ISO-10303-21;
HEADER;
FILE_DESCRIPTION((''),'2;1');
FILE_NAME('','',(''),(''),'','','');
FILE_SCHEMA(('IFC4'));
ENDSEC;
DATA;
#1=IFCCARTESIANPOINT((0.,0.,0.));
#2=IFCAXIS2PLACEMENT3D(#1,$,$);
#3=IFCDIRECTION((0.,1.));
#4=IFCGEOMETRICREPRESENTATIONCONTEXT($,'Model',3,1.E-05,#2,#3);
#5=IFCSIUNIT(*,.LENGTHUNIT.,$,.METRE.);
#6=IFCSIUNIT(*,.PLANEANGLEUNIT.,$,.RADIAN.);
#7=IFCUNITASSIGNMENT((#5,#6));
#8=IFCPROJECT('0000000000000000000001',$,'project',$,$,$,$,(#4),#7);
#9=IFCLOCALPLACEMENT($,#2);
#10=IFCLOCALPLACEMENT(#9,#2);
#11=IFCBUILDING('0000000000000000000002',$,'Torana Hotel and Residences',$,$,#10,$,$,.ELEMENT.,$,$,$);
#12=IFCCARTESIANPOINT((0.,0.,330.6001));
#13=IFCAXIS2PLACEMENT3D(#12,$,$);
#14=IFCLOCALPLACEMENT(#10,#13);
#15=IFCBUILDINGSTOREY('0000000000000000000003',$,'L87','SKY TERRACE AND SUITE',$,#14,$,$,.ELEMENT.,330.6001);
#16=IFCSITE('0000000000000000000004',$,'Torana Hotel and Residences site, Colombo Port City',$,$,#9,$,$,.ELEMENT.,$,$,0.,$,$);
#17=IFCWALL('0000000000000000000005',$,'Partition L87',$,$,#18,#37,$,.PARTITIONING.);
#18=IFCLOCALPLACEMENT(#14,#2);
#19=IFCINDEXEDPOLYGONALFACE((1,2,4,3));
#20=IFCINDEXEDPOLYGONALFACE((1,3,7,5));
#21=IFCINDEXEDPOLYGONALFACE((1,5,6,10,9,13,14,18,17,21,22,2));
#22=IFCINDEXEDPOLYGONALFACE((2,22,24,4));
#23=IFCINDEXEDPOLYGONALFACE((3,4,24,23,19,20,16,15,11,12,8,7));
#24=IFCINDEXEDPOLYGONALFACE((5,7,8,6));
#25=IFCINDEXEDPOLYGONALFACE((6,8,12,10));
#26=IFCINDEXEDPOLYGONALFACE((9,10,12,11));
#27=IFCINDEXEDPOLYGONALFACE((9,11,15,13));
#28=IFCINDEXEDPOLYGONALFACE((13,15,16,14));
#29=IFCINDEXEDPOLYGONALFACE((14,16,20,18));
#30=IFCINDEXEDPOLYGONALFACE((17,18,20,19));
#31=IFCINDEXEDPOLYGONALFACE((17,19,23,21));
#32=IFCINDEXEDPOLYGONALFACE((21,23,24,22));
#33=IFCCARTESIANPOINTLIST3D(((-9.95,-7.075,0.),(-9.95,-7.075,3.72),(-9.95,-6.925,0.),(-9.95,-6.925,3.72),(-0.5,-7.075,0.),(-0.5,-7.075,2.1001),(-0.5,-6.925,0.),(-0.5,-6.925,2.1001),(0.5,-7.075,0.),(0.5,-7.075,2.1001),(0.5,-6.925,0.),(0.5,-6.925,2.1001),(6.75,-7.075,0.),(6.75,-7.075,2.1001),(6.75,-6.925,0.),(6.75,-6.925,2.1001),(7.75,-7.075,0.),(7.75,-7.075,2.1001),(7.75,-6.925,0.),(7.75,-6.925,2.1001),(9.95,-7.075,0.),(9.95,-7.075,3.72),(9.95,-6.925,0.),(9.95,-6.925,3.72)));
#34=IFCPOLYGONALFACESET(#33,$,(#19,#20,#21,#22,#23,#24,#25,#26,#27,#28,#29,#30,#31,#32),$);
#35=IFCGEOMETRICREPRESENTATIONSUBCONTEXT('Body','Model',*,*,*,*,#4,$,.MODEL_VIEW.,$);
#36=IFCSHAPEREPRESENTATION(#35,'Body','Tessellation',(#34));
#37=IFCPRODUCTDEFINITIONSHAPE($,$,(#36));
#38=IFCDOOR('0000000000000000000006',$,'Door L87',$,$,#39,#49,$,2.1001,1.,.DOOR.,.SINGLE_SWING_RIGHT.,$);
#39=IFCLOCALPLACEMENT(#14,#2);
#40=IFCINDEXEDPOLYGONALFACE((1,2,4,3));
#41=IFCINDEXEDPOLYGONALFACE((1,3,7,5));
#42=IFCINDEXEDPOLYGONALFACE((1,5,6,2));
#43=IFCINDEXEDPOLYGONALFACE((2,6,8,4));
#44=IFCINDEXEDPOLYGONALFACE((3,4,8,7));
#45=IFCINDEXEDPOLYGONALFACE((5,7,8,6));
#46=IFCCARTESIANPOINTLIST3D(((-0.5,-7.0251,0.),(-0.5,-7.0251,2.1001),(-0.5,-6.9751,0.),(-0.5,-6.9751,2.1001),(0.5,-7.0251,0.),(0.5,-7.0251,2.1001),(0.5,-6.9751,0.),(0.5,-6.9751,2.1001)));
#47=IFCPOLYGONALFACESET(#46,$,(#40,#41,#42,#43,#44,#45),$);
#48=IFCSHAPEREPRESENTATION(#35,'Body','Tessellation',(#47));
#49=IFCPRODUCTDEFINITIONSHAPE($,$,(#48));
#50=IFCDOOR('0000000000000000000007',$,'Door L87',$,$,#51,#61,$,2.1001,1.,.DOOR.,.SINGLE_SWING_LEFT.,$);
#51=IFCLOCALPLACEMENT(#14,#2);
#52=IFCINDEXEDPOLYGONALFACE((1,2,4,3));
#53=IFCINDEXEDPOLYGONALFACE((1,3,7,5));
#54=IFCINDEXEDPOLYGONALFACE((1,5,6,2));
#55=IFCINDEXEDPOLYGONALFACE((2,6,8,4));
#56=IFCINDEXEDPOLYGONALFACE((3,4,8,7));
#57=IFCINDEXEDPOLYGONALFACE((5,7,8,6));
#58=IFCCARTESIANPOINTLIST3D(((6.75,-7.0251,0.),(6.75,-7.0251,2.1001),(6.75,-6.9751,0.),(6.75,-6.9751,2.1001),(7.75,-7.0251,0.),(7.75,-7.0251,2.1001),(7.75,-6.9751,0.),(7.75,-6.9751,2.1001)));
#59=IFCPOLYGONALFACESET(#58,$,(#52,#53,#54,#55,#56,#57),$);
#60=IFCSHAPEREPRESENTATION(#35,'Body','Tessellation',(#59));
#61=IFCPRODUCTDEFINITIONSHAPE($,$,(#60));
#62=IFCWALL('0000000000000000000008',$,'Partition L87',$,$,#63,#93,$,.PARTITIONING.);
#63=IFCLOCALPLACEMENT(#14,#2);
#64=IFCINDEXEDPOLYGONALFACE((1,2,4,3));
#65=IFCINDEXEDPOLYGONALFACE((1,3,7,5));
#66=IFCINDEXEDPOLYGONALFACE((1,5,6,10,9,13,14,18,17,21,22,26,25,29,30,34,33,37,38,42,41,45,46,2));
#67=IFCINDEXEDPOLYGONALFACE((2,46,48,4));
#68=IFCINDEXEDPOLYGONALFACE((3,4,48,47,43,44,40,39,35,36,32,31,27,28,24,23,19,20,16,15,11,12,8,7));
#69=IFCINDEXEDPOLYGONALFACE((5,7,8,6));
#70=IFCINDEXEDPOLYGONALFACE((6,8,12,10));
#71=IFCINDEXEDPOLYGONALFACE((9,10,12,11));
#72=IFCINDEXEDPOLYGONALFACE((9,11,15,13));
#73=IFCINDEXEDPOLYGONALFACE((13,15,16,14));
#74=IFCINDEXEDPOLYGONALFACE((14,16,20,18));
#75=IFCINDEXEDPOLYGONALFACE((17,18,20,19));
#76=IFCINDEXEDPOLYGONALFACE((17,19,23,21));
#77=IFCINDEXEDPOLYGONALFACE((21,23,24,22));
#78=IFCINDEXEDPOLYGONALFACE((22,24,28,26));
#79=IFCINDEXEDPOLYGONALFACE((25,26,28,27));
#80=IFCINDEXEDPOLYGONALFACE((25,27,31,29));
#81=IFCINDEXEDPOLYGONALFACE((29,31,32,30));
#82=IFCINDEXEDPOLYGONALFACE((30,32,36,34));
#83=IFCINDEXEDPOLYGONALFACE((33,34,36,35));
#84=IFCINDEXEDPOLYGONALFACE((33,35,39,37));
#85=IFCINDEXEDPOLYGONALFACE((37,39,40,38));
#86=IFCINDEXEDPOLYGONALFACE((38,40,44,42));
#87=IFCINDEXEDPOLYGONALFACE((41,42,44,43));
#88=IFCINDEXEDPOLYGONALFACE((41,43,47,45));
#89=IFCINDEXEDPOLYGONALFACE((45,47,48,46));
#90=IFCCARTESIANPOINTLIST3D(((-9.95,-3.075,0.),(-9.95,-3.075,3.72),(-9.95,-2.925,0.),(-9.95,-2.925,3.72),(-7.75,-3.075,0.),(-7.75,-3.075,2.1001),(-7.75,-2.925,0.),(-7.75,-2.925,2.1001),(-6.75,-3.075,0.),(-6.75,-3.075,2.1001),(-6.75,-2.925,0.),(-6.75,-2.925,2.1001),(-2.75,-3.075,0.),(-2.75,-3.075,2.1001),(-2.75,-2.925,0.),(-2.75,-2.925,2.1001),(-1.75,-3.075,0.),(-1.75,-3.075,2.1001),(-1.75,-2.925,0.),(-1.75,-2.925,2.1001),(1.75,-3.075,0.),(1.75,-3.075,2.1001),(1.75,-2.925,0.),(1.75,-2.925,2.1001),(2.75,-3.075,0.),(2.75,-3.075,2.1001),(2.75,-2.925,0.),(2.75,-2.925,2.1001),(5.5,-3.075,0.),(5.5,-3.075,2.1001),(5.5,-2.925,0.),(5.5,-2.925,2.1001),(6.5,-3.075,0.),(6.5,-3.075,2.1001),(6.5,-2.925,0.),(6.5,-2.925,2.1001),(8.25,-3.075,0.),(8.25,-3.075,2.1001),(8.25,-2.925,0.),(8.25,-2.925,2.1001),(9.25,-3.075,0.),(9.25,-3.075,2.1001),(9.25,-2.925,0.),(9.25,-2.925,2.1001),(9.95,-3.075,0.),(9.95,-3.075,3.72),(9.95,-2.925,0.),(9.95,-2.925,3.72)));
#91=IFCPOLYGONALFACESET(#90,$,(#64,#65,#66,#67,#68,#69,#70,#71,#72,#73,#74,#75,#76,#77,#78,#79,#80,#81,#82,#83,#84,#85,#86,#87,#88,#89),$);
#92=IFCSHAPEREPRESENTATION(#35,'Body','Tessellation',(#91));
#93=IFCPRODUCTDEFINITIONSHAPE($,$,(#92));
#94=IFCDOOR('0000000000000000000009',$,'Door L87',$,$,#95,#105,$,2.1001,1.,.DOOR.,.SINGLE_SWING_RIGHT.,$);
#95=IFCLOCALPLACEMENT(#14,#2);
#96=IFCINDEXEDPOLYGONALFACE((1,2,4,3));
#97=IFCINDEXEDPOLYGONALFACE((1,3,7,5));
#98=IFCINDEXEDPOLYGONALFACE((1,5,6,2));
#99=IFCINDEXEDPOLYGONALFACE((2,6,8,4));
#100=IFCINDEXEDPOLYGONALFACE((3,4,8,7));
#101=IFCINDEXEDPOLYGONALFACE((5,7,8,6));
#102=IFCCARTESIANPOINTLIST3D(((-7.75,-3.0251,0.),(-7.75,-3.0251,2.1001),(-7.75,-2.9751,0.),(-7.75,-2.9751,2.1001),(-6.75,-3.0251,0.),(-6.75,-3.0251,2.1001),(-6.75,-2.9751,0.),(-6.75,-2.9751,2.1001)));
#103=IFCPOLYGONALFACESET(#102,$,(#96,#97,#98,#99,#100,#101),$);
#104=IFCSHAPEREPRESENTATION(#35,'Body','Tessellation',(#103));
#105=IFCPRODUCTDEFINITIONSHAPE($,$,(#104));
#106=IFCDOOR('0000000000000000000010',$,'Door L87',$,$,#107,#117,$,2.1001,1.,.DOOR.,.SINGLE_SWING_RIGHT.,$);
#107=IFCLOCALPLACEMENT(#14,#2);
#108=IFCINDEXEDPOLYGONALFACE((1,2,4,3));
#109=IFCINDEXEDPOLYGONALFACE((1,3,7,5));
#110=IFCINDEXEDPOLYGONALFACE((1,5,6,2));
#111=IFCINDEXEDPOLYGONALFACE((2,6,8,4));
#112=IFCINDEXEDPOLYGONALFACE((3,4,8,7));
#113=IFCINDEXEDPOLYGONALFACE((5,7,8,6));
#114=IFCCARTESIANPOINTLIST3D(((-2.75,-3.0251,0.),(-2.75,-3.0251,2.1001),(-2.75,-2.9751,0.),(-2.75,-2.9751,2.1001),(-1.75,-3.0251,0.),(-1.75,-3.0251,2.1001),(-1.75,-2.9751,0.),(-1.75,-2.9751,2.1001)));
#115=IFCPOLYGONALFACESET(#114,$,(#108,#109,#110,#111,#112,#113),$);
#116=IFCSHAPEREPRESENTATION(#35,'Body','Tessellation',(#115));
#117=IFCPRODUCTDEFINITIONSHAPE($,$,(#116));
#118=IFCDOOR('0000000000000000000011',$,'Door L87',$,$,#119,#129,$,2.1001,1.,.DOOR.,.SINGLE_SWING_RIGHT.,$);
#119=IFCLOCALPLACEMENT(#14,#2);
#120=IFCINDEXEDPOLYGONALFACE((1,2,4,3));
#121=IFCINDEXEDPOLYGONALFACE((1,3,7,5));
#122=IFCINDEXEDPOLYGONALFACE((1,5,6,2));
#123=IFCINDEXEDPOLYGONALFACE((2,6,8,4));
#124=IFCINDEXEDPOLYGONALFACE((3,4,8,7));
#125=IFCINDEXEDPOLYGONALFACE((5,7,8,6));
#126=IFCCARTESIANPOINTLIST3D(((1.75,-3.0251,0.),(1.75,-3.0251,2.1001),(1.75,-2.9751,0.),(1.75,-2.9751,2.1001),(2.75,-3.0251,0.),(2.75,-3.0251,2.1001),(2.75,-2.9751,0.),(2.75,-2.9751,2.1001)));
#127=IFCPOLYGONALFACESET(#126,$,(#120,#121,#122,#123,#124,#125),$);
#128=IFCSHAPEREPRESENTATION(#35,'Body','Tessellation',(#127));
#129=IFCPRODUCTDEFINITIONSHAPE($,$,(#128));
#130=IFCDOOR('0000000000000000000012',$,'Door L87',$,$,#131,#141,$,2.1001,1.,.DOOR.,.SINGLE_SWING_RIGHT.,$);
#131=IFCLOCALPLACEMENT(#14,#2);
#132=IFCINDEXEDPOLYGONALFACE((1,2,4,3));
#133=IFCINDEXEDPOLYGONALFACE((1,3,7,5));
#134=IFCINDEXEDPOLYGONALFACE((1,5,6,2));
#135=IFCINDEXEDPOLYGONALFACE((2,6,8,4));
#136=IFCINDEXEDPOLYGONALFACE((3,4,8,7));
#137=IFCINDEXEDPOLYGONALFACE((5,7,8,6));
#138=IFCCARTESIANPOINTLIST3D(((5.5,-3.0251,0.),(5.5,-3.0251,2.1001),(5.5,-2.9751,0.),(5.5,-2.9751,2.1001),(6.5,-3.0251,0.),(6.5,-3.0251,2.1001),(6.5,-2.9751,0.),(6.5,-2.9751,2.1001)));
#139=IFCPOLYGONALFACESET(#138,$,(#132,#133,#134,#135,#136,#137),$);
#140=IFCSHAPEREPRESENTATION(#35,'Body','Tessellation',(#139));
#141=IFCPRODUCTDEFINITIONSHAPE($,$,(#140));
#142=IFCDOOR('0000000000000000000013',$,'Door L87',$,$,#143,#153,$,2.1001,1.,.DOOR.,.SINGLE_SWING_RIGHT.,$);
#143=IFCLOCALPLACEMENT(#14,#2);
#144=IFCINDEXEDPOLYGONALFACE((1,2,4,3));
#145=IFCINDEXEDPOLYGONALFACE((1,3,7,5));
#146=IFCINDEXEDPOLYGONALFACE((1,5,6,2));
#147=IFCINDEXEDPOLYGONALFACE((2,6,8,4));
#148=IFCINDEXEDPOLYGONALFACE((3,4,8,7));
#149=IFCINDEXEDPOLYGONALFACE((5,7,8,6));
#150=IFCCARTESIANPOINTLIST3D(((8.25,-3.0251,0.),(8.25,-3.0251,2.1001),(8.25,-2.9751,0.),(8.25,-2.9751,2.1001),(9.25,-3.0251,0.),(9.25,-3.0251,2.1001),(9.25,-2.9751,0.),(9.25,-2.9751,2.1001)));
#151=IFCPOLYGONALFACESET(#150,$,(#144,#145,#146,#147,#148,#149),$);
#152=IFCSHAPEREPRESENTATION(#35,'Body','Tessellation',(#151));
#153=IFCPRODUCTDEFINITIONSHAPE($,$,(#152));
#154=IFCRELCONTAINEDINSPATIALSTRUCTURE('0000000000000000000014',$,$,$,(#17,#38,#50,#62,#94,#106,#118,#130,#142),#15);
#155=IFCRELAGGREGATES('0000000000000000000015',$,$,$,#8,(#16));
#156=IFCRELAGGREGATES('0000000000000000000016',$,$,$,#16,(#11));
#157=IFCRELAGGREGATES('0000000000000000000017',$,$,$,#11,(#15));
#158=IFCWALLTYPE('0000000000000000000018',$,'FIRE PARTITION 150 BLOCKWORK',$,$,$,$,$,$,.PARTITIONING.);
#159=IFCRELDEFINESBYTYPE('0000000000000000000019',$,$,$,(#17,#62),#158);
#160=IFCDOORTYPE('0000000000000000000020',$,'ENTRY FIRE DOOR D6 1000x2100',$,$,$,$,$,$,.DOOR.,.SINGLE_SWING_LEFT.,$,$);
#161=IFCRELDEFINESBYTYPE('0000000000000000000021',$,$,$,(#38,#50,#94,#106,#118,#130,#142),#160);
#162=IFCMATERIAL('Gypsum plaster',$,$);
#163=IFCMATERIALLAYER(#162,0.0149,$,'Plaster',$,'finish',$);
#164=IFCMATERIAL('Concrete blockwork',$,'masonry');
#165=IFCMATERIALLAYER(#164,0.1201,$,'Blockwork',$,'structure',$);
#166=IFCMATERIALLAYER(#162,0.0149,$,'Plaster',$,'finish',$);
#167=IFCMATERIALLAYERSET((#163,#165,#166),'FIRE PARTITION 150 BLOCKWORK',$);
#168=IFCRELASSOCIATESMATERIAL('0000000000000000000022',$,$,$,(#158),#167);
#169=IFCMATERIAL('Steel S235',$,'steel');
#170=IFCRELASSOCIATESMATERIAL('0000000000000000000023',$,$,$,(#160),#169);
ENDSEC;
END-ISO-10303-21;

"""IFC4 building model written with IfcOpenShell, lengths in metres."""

from ifc_helpers import new_model, si_unit, direction, frame, frame_2d, origin, place, context, subcontext, project, spatial, rectangle, extrude, material, layer, layer_set, type_object, element, fill, save


model = new_model("IFC4")

# Units and contexts
model_context = context("Model", 3, precision=1e-05, world=origin(), true_north=direction((0.0, 1.0)))
body_context = subcontext(model_context, "Body", "Model", "MODEL_VIEW")
ifc_project = project(units=[si_unit("LENGTHUNIT", "METRE"), si_unit("PLANEANGLEUNIT", "RADIAN")], contexts=[model_context])

# Site, building, storey
site_placement = place(None, origin())
site = spatial("IfcSite", under=ifc_project, at=site_placement, Name="Torana Hotel and Residences site, Colombo Port City", CompositionType="ELEMENT", RefElevation=0.0)
building_placement = place(site_placement, origin())
building = spatial("IfcBuilding", under=site, at=building_placement, Name="Torana Hotel and Residences", CompositionType="ELEMENT")
storey_placement = place(building_placement, frame((0.0, 0.0, 330.6001)))
storey = spatial("IfcBuildingStorey", under=building, at=storey_placement, Name="L87", Description="SKY TERRACE AND SUITE", CompositionType="ELEMENT", Elevation=330.6001)

# Walls, openings, doors
ifc_material_1 = material(Name="Gypsum plaster")
ifc_layer_1 = layer(ifc_material_1, 0.0149, Name="Plaster", Category="finish")
ifc_material_2 = material(Name="Concrete blockwork", Category="masonry")
ifc_layer_2 = layer(ifc_material_2, 0.1201, Name="Blockwork", Category="structure")
ifc_layer_3 = layer(ifc_material_1, 0.0149, Name="Plaster", Category="finish")
ifc_layer_set_1 = layer_set([ifc_layer_1, ifc_layer_2, ifc_layer_3], Name="FIRE PARTITION 150 BLOCKWORK")
wall_type_1 = type_object("IfcWallType", Name="FIRE PARTITION 150 BLOCKWORK", PredefinedType="PARTITIONING", material=ifc_layer_set_1)
wall_1_placement = place(storey_placement, frame((-9.95, -7.0, 0.0), z_axis=(0.0, 0.0, 1.0), x_axis=(1.0, 0.0, 0.0)))
wall_1 = element("IfcWall", 1, at=wall_1_placement, inside=storey, type_object=wall_type_1, Name="Partition L87", PredefinedType="PARTITIONING", context=body_context, shape_type="SweptSolid", body=[
    extrude(rectangle(XDim=19.8999, YDim=0.1499, at=frame_2d((9.95, 0.0))), origin(), (0.0, 0.0, 1.0), 3.72),
])
opening_1_placement = place(wall_1_placement, frame((9.45, 0.0, 0.0)))
opening_1 = element("IfcOpeningElement", 2, at=opening_1_placement, cuts=wall_1, PredefinedType="OPENING", context=body_context, shape_type="SweptSolid", body=[
    extrude(rectangle(XDim=1.0, YDim=2.1001, at=frame_2d((0.5, 1.05))), frame((0.0, 0.085, 0.0), z_axis=(0.0, -1.0, 0.0), x_axis=(1.0, 0.0, 0.0)), (0.0, 0.0, 1.0), 0.1699),
])
opening_2_placement = place(wall_1_placement, frame((16.7, 0.0, 0.0)))
opening_2 = element("IfcOpeningElement", 3, at=opening_2_placement, cuts=wall_1, PredefinedType="OPENING", context=body_context, shape_type="SweptSolid", body=[
    extrude(rectangle(XDim=1.0, YDim=2.1001, at=frame_2d((0.5, 1.05))), frame((0.0, 0.085, 0.0), z_axis=(0.0, -1.0, 0.0), x_axis=(1.0, 0.0, 0.0)), (0.0, 0.0, 1.0), 0.1699),
])
ifc_material_3 = material(Name="Steel S235", Category="steel")
door_type = type_object("IfcDoorType", Name="ENTRY FIRE DOOR D6 1000x2100", OperationType="SINGLE_SWING_LEFT", PredefinedType="DOOR", material=ifc_material_3)
door_1_placement = place(opening_1_placement, origin())
door_1 = element("IfcDoor", 4, at=door_1_placement, inside=storey, type_object=door_type, Name="Door L87", OperationType="SINGLE_SWING_RIGHT", OverallHeight=2.1001, OverallWidth=1.0, PredefinedType="DOOR", context=body_context, shape_type="SweptSolid", body=[
    extrude(rectangle(XDim=1.0, YDim=2.1001, at=frame_2d((0.5, 1.05))), frame((0.0, 0.0249, 0.0), z_axis=(0.0, -1.0, 0.0), x_axis=(1.0, 0.0, 0.0)), (0.0, 0.0, 1.0), 0.05),
])
fill(opening_1, door_1)
door_2_placement = place(opening_2_placement, frame((0.5, 0.0, 0.0), z_axis=(0.0, 0.0, 1.0), x_axis=(-1.0, 0.0, 0.0)))
door_2 = element("IfcDoor", 5, at=door_2_placement, inside=storey, type_object=door_type, Name="Door L87", OperationType="SINGLE_SWING_LEFT", OverallHeight=2.1001, OverallWidth=1.0, PredefinedType="DOOR", context=body_context, shape_type="SweptSolid", body=[
    extrude(rectangle(XDim=1.0, YDim=2.1001, at=frame_2d((0.0, 1.05))), frame((0.0, -0.0249, 0.0), z_axis=(0.0, 1.0, 0.0), x_axis=(-1.0, 0.0, 0.0)), (0.0, 0.0, 1.0), 0.05),
])
fill(opening_2, door_2)
wall_2_placement = place(storey_placement, frame((-9.95, -3.0, 0.0), z_axis=(0.0, 0.0, 1.0), x_axis=(1.0, 0.0, 0.0)))
wall_2 = element("IfcWall", 6, at=wall_2_placement, inside=storey, type_object=wall_type_1, Name="Partition L87", PredefinedType="PARTITIONING", context=body_context, shape_type="SweptSolid", body=[
    extrude(rectangle(XDim=19.8999, YDim=0.1499, at=frame_2d((9.95, 0.0))), origin(), (0.0, 0.0, 1.0), 3.72),
])
opening_3_placement = place(wall_2_placement, frame((2.2, 0.0, 0.0)))
opening_3 = element("IfcOpeningElement", 7, at=opening_3_placement, cuts=wall_2, PredefinedType="OPENING", context=body_context, shape_type="SweptSolid", body=[
    extrude(rectangle(XDim=1.0, YDim=2.1001, at=frame_2d((0.5, 1.05))), frame((0.0, 0.085, 0.0), z_axis=(0.0, -1.0, 0.0), x_axis=(1.0, 0.0, 0.0)), (0.0, 0.0, 1.0), 0.1699),
])
opening_4_placement = place(wall_2_placement, frame((7.2, 0.0, 0.0)))
opening_4 = element("IfcOpeningElement", 8, at=opening_4_placement, cuts=wall_2, PredefinedType="OPENING", context=body_context, shape_type="SweptSolid", body=[
    extrude(rectangle(XDim=1.0, YDim=2.1001, at=frame_2d((0.5, 1.05))), frame((0.0, 0.085, 0.0), z_axis=(0.0, -1.0, 0.0), x_axis=(1.0, 0.0, 0.0)), (0.0, 0.0, 1.0), 0.1699),
])
opening_5_placement = place(wall_2_placement, frame((11.7, 0.0, 0.0)))
opening_5 = element("IfcOpeningElement", 9, at=opening_5_placement, cuts=wall_2, PredefinedType="OPENING", context=body_context, shape_type="SweptSolid", body=[
    extrude(rectangle(XDim=1.0, YDim=2.1001, at=frame_2d((0.5, 1.05))), frame((0.0, 0.085, 0.0), z_axis=(0.0, -1.0, 0.0), x_axis=(1.0, 0.0, 0.0)), (0.0, 0.0, 1.0), 0.1699),
])
opening_6_placement = place(wall_2_placement, frame((15.45, 0.0, 0.0)))
opening_6 = element("IfcOpeningElement", 10, at=opening_6_placement, cuts=wall_2, PredefinedType="OPENING", context=body_context, shape_type="SweptSolid", body=[
    extrude(rectangle(XDim=1.0, YDim=2.1001, at=frame_2d((0.5, 1.05))), frame((0.0, 0.085, 0.0), z_axis=(0.0, -1.0, 0.0), x_axis=(1.0, 0.0, 0.0)), (0.0, 0.0, 1.0), 0.1699),
])
opening_7_placement = place(wall_2_placement, frame((18.2, 0.0, 0.0)))
opening_7 = element("IfcOpeningElement", 11, at=opening_7_placement, cuts=wall_2, PredefinedType="OPENING", context=body_context, shape_type="SweptSolid", body=[
    extrude(rectangle(XDim=1.0, YDim=2.1001, at=frame_2d((0.5, 1.05))), frame((0.0, 0.085, 0.0), z_axis=(0.0, -1.0, 0.0), x_axis=(1.0, 0.0, 0.0)), (0.0, 0.0, 1.0), 0.1699),
])
door_3_placement = place(opening_3_placement, origin())
door_3 = element("IfcDoor", 12, at=door_3_placement, inside=storey, type_object=door_type, Name="Door L87", OperationType="SINGLE_SWING_RIGHT", OverallHeight=2.1001, OverallWidth=1.0, PredefinedType="DOOR", context=body_context, shape_type="SweptSolid", body=[
    extrude(rectangle(XDim=1.0, YDim=2.1001, at=frame_2d((0.5, 1.05))), frame((0.0, 0.0249, 0.0), z_axis=(0.0, -1.0, 0.0), x_axis=(1.0, 0.0, 0.0)), (0.0, 0.0, 1.0), 0.05),
])
fill(opening_3, door_3)
door_4_placement = place(opening_4_placement, origin())
door_4 = element("IfcDoor", 13, at=door_4_placement, inside=storey, type_object=door_type, Name="Door L87", OperationType="SINGLE_SWING_RIGHT", OverallHeight=2.1001, OverallWidth=1.0, PredefinedType="DOOR", context=body_context, shape_type="SweptSolid", body=[
    extrude(rectangle(XDim=1.0, YDim=2.1001, at=frame_2d((0.5, 1.05))), frame((0.0, 0.0249, 0.0), z_axis=(0.0, -1.0, 0.0), x_axis=(1.0, 0.0, 0.0)), (0.0, 0.0, 1.0), 0.05),
])
fill(opening_4, door_4)
door_5_placement = place(opening_5_placement, origin())
door_5 = element("IfcDoor", 14, at=door_5_placement, inside=storey, type_object=door_type, Name="Door L87", OperationType="SINGLE_SWING_RIGHT", OverallHeight=2.1001, OverallWidth=1.0, PredefinedType="DOOR", context=body_context, shape_type="SweptSolid", body=[
    extrude(rectangle(XDim=1.0, YDim=2.1001, at=frame_2d((0.5, 1.05))), frame((0.0, 0.0249, 0.0), z_axis=(0.0, -1.0, 0.0), x_axis=(1.0, 0.0, 0.0)), (0.0, 0.0, 1.0), 0.05),
])
fill(opening_5, door_5)
door_6_placement = place(opening_6_placement, origin())
door_6 = element("IfcDoor", 15, at=door_6_placement, inside=storey, type_object=door_type, Name="Door L87", OperationType="SINGLE_SWING_RIGHT", OverallHeight=2.1001, OverallWidth=1.0, PredefinedType="DOOR", context=body_context, shape_type="SweptSolid", body=[
    extrude(rectangle(XDim=1.0, YDim=2.1001, at=frame_2d((0.5, 1.05))), frame((0.0, 0.0249, 0.0), z_axis=(0.0, -1.0, 0.0), x_axis=(1.0, 0.0, 0.0)), (0.0, 0.0, 1.0), 0.05),
])
fill(opening_6, door_6)
door_7_placement = place(opening_7_placement, origin())
door_7 = element("IfcDoor", 16, at=door_7_placement, inside=storey, type_object=door_type, Name="Door L87", OperationType="SINGLE_SWING_RIGHT", OverallHeight=2.1001, OverallWidth=1.0, PredefinedType="DOOR", context=body_context, shape_type="SweptSolid", body=[
    extrude(rectangle(XDim=1.0, YDim=2.1001, at=frame_2d((0.5, 1.05))), frame((0.0, 0.0249, 0.0), z_axis=(0.0, -1.0, 0.0), x_axis=(1.0, 0.0, 0.0)), (0.0, 0.0, 1.0), 0.05),
])
fill(opening_7, door_7)

save(model, "model.ifc")
